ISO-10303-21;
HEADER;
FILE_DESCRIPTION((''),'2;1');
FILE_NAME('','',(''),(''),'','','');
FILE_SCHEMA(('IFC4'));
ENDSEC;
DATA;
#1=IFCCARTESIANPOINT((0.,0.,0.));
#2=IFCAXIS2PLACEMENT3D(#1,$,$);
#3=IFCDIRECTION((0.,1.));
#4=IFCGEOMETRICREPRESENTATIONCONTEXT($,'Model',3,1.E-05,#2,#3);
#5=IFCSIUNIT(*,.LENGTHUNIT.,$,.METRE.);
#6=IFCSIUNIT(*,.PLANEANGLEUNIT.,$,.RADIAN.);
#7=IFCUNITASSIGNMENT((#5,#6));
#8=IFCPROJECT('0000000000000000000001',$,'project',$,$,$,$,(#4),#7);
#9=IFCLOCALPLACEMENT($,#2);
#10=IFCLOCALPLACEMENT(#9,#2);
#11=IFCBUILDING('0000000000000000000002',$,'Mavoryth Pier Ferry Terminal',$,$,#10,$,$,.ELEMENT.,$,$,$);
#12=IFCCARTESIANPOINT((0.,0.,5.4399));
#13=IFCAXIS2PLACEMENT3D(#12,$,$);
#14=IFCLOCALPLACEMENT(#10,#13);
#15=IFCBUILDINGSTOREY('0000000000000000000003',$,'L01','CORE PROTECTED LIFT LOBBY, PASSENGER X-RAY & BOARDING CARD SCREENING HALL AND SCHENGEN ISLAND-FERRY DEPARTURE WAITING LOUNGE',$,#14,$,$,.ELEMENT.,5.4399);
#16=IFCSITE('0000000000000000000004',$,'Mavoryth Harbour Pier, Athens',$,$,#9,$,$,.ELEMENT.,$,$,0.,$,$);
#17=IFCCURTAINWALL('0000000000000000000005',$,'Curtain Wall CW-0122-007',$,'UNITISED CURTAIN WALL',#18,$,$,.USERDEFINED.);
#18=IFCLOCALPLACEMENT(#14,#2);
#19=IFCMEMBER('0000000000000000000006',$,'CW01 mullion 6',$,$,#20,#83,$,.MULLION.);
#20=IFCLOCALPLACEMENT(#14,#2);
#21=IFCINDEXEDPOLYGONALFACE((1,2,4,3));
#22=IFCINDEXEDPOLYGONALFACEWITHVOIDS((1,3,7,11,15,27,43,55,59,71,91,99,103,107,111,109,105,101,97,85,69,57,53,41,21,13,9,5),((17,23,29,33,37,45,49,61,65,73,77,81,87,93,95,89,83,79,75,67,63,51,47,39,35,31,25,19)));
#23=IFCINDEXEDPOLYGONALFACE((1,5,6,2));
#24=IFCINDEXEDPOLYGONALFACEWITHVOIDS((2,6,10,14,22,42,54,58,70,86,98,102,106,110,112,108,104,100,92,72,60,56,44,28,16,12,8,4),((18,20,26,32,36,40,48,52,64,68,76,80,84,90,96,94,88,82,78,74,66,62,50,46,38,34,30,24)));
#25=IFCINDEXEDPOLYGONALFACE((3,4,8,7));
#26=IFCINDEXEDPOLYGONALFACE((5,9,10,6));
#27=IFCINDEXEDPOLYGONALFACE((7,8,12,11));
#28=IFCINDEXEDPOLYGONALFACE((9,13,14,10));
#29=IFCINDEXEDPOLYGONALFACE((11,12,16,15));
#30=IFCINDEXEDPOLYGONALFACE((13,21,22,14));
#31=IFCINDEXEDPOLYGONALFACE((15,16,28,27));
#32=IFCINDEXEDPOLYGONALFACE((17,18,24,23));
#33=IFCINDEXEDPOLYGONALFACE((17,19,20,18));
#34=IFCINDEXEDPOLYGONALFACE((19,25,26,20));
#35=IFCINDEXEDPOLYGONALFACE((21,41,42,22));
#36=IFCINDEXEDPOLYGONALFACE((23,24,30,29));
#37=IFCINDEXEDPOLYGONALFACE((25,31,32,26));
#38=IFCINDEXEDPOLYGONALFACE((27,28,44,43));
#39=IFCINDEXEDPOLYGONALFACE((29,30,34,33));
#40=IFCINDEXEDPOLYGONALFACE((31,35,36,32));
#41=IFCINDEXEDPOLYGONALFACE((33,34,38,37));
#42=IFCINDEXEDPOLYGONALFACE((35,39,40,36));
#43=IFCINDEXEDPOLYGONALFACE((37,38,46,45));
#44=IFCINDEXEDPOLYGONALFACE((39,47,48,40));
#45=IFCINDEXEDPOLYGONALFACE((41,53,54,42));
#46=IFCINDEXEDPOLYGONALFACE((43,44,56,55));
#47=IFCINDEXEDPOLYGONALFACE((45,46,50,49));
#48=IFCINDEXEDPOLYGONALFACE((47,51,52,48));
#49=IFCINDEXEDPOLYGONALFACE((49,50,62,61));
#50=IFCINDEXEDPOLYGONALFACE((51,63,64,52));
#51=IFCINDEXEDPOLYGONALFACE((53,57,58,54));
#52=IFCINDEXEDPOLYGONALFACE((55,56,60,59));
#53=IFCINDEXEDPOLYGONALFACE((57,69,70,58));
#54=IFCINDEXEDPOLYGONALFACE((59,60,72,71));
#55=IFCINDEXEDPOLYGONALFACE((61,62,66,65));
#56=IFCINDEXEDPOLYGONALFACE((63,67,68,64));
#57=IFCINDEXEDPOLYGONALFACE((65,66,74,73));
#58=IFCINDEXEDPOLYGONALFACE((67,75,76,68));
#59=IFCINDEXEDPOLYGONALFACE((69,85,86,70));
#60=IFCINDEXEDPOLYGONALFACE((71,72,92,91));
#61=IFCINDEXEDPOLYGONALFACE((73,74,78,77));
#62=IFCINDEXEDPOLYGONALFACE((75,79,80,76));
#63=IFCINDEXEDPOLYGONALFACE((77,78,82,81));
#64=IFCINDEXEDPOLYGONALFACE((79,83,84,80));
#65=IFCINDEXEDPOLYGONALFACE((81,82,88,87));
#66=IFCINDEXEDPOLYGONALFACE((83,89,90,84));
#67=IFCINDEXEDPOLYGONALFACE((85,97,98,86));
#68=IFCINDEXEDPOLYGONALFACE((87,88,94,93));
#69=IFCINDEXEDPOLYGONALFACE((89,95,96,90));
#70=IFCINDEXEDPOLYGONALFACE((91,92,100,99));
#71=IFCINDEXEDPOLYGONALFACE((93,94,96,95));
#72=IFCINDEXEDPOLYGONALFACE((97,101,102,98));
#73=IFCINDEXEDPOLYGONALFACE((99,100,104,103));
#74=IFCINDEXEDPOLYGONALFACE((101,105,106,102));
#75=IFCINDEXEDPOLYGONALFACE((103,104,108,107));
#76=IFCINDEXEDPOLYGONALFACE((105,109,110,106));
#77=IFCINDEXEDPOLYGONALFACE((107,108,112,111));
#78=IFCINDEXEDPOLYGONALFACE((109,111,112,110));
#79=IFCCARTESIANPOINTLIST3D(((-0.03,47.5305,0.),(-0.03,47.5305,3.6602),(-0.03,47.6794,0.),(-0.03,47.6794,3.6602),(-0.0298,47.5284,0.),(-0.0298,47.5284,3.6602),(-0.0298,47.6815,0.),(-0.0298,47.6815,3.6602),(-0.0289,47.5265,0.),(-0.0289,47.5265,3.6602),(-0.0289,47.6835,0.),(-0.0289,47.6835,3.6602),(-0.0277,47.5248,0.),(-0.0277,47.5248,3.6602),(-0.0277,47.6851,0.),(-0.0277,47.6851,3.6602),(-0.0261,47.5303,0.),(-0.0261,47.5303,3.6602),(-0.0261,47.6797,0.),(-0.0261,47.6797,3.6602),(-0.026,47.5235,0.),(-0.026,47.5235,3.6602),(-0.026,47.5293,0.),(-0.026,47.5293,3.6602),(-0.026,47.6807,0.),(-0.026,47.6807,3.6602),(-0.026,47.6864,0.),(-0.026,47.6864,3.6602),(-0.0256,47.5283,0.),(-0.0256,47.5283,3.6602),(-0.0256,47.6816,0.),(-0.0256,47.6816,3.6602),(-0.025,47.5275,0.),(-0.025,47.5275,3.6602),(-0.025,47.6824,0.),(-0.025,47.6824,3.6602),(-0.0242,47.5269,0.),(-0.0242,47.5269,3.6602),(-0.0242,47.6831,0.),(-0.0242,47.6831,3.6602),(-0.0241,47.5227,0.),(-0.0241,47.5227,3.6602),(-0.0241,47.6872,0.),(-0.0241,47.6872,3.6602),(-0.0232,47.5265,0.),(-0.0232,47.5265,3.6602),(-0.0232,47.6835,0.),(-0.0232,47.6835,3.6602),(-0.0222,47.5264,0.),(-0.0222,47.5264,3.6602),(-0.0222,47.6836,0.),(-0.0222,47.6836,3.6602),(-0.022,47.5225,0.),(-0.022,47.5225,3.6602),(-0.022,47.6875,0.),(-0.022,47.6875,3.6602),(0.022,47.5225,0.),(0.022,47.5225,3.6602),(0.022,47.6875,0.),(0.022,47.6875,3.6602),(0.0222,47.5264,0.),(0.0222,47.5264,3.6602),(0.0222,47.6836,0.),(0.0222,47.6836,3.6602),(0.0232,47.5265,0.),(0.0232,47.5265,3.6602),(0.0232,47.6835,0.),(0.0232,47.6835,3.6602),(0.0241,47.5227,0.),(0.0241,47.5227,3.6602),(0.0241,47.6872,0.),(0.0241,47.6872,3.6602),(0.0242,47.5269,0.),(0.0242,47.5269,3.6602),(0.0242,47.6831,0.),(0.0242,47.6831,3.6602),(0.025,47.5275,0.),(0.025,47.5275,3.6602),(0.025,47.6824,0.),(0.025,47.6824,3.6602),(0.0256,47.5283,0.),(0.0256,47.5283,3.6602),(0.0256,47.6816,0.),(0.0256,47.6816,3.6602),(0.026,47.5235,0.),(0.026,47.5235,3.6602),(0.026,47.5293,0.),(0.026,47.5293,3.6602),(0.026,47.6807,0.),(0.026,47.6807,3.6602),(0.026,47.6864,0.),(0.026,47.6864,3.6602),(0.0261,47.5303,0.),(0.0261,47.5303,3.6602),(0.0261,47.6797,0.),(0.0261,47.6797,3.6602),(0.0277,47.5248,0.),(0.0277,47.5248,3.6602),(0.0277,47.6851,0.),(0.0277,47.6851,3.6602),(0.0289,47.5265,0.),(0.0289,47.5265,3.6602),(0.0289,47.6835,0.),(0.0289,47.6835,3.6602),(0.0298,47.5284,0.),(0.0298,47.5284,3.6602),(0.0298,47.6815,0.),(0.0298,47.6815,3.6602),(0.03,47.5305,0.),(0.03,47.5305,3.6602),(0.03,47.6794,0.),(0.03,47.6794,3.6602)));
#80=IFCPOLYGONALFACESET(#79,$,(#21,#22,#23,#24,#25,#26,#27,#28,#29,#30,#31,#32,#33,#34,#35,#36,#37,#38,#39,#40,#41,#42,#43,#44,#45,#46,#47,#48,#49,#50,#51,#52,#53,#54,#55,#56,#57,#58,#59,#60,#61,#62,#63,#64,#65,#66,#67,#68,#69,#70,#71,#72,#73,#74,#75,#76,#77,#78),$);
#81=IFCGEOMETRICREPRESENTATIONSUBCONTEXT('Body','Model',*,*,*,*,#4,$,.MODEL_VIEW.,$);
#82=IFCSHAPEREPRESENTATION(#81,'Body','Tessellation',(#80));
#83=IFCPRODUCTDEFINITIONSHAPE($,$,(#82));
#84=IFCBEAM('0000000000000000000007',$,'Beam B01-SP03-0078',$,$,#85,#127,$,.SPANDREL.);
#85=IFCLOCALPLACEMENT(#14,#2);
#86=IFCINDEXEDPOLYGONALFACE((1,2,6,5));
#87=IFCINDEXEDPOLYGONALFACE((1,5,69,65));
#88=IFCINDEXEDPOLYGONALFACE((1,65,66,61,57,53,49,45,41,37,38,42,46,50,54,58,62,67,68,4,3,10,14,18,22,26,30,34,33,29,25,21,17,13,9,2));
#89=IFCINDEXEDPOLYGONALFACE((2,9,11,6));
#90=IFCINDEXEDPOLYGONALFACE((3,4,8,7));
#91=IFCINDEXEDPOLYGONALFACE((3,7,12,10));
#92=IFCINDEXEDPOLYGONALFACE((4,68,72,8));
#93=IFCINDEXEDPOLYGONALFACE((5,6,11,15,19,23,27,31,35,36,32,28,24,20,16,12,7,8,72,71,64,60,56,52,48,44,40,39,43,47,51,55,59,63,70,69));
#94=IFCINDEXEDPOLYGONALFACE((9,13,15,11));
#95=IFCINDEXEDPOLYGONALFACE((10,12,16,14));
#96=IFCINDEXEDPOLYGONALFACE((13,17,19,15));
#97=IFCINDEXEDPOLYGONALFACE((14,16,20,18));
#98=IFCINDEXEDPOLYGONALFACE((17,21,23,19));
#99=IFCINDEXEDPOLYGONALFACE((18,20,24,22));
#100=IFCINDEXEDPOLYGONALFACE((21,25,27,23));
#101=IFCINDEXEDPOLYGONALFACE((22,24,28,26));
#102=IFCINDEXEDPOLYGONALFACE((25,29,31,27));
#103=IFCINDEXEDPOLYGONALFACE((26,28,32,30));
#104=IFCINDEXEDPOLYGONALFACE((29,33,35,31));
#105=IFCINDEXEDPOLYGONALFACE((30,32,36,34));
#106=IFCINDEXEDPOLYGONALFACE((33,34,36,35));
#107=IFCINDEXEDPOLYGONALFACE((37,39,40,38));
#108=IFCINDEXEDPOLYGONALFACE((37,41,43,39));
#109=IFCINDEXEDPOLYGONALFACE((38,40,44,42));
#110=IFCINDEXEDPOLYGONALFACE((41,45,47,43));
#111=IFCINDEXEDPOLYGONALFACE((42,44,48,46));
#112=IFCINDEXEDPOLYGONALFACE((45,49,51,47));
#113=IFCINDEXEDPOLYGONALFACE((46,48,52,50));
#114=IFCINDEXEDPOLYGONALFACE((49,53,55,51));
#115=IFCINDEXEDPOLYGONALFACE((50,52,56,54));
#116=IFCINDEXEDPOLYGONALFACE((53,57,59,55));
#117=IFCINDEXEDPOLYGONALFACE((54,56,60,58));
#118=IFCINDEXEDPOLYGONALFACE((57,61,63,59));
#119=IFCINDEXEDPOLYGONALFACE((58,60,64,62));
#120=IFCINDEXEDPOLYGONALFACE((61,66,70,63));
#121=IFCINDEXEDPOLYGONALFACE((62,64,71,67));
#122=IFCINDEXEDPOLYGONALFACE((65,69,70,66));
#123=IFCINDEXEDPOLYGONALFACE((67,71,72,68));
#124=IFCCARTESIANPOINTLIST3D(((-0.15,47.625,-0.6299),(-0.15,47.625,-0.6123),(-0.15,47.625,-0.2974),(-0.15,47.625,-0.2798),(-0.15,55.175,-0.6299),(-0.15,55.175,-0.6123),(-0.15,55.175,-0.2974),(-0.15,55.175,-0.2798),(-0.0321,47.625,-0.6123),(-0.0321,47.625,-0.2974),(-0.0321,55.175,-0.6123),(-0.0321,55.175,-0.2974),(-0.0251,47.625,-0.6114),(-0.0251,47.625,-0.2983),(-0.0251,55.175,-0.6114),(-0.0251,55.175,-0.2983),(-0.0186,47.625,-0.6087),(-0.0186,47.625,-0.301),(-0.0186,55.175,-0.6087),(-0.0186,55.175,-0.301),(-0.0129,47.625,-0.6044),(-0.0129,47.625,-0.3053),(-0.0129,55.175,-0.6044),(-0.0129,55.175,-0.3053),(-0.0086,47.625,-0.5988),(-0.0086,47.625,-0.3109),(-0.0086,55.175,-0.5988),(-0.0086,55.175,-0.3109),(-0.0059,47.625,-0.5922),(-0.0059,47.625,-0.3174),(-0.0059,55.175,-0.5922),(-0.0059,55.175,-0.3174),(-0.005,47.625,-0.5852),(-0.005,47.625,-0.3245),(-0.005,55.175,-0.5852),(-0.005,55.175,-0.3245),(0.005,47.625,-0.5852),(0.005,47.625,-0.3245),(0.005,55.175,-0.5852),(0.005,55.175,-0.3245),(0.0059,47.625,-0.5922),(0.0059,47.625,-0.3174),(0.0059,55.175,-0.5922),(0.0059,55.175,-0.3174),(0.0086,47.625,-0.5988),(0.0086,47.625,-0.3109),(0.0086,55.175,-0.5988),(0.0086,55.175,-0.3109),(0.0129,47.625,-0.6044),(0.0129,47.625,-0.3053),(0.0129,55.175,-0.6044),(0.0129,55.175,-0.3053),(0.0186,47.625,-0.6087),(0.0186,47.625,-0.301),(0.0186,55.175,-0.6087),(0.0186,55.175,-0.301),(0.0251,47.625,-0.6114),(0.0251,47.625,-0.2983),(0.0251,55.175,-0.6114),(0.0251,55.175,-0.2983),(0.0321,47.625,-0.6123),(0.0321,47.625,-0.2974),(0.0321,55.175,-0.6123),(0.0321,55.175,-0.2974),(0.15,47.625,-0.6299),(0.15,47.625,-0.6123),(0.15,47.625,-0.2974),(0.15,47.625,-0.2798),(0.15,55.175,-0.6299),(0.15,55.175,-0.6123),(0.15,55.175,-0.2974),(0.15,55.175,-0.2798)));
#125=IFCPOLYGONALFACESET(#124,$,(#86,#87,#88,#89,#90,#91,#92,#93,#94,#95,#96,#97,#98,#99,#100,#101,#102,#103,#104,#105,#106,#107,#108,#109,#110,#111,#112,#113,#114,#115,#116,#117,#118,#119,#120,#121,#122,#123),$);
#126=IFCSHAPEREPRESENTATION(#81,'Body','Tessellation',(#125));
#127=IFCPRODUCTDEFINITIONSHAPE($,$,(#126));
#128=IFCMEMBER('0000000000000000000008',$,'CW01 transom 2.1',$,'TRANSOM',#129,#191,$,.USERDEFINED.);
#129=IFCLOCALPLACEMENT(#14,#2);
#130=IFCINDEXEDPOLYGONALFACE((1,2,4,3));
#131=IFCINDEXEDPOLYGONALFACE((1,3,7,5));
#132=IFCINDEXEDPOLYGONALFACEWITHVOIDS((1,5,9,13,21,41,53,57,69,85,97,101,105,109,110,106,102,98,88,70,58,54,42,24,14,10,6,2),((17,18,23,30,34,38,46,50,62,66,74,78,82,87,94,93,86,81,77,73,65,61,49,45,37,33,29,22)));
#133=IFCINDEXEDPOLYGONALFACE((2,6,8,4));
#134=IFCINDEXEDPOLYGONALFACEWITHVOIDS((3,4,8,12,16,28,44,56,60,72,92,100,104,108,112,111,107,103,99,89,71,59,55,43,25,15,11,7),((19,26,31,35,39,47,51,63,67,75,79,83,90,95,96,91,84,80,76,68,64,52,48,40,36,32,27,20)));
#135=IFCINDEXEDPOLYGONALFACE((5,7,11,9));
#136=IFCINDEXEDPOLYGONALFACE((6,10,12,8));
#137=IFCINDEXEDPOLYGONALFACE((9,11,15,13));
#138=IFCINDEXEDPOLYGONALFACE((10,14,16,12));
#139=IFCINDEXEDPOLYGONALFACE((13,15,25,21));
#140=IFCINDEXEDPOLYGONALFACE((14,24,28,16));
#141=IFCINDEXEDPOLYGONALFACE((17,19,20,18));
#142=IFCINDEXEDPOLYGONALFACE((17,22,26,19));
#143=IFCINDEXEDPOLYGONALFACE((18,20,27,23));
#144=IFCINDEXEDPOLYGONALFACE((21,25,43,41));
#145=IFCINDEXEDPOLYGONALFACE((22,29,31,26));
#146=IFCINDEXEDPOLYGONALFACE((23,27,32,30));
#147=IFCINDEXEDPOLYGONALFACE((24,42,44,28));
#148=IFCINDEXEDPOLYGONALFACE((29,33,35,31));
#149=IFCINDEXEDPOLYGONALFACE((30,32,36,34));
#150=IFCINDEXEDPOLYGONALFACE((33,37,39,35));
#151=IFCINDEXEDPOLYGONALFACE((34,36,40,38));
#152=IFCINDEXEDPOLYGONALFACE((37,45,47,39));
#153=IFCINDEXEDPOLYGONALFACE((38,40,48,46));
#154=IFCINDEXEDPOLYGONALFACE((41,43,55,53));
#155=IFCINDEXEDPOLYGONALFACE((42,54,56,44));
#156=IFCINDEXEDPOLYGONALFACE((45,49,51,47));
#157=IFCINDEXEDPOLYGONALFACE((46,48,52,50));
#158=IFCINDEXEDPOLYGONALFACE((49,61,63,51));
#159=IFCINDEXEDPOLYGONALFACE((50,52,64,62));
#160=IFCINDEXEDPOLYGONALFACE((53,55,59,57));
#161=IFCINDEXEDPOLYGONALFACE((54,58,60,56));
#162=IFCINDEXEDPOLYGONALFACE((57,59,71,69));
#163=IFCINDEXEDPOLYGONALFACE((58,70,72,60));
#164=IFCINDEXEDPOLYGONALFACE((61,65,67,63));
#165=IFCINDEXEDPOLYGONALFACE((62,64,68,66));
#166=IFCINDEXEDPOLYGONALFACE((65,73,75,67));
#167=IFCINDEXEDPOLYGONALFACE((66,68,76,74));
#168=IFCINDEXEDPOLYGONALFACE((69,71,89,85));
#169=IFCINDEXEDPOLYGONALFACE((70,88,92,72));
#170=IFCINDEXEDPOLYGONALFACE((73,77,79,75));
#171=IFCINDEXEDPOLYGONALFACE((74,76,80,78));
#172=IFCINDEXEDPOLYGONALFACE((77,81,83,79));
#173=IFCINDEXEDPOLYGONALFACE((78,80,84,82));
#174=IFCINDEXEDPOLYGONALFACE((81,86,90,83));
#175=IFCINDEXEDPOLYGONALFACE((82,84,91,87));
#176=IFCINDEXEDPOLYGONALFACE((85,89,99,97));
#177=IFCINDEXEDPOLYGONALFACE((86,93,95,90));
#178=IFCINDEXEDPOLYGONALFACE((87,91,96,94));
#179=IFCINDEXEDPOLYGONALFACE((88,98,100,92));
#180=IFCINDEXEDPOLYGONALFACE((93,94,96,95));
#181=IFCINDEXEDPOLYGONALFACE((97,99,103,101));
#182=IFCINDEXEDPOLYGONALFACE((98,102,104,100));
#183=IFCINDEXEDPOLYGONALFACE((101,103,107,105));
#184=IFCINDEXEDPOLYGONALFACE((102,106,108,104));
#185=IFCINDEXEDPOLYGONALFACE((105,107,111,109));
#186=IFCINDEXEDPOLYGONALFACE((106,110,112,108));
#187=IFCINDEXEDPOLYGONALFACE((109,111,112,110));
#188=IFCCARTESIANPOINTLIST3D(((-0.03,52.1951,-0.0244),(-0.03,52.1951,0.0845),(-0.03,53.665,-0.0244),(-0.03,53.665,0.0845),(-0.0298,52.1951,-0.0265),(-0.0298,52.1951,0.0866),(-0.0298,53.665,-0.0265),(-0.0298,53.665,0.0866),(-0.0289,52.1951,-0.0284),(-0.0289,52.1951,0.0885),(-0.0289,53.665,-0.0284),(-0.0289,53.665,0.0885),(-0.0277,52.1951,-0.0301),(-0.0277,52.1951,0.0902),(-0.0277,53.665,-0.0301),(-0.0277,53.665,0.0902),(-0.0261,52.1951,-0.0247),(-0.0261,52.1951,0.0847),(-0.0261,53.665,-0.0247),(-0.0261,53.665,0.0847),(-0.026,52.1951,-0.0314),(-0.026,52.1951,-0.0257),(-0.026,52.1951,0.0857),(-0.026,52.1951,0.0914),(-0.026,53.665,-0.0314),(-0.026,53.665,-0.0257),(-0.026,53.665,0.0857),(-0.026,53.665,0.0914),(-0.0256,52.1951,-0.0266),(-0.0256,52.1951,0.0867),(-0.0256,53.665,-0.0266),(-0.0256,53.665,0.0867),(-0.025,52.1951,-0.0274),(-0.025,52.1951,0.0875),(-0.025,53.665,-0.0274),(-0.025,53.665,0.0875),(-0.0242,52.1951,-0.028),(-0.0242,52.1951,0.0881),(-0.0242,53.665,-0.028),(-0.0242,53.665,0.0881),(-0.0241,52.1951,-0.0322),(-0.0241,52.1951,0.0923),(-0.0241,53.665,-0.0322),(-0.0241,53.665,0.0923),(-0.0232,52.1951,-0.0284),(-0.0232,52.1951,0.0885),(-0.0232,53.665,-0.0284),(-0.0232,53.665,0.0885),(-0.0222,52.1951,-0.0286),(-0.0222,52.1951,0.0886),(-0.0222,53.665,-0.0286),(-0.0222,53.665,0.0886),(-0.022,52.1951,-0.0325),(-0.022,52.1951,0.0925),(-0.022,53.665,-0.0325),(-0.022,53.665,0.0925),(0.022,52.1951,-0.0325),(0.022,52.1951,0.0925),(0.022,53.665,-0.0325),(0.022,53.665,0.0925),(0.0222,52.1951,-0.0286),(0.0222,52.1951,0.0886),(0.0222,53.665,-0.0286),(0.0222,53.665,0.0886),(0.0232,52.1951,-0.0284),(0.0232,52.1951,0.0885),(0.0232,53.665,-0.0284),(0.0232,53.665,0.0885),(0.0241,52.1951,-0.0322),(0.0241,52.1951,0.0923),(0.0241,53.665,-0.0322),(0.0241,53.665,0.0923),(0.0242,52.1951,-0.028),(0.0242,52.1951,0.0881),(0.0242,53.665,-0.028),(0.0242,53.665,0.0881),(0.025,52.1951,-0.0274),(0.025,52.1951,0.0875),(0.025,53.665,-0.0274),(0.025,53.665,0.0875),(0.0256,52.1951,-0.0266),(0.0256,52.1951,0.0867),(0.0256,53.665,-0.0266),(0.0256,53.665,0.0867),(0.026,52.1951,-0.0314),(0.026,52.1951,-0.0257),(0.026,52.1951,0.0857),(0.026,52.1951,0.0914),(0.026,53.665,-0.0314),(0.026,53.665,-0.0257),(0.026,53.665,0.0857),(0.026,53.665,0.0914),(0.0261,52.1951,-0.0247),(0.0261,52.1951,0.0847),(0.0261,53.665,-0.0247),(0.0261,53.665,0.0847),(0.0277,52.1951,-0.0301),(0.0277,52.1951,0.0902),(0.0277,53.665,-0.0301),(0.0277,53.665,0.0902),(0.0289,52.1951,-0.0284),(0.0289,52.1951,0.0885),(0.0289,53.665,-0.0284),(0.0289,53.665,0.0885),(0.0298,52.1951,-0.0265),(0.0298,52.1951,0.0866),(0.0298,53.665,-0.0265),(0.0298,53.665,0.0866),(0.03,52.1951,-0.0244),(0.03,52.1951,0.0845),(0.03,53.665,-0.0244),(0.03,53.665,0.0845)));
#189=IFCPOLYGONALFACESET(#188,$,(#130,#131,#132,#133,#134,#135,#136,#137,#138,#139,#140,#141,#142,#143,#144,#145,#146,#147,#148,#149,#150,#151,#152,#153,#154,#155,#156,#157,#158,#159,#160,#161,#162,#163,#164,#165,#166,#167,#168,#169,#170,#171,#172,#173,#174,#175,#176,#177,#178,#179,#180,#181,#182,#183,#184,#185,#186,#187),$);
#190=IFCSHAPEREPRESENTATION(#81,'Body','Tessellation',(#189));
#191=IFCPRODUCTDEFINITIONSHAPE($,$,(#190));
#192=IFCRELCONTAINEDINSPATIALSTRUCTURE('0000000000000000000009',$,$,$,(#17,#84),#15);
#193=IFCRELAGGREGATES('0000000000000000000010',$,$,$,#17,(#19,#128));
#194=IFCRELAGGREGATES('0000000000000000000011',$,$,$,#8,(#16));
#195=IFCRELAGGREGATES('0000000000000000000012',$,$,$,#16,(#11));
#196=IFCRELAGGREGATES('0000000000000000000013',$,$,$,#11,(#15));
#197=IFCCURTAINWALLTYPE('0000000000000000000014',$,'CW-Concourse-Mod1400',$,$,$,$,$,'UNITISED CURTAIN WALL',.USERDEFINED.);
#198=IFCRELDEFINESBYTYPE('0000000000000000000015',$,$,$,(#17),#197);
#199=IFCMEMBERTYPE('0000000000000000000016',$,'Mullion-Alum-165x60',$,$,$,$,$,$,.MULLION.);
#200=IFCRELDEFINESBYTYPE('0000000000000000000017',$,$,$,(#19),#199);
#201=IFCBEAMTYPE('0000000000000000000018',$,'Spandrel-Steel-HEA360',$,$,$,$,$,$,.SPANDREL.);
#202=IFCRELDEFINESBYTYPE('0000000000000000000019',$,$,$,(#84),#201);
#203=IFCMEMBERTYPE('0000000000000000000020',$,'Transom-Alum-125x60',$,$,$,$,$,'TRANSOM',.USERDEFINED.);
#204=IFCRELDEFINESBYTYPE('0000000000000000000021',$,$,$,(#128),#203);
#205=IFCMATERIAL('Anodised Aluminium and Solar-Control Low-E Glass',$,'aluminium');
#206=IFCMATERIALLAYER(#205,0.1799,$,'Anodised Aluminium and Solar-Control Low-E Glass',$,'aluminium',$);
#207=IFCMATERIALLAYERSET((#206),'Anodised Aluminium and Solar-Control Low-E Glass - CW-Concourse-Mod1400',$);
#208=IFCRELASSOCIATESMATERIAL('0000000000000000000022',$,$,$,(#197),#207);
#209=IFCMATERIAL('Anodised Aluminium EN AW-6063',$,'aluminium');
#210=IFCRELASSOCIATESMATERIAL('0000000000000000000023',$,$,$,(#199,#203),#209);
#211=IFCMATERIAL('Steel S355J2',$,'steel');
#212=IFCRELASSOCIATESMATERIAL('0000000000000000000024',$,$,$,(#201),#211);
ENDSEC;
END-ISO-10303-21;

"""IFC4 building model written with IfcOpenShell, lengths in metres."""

from ifc_helpers import new_model, si_unit, direction, frame, origin, origin_2d, place, context, subcontext, project, spatial, hollow_rectangle, i_section, extrude, material, layer, layer_set, material_profile, profile_set, type_object, element, aggregate, save


model = new_model("IFC4")

# Units and contexts
model_context = context("Model", 3, precision=1e-05, world=origin(), true_north=direction((0.0, 1.0)))
body_context = subcontext(model_context, "Body", "Model", "MODEL_VIEW")
ifc_project = project(units=[si_unit("LENGTHUNIT", "METRE"), si_unit("PLANEANGLEUNIT", "RADIAN")], contexts=[model_context])

# Site, building, storey
site_placement = place(None, origin())
site = spatial("IfcSite", under=ifc_project, at=site_placement, Name="Mavoryth Harbour Pier, Athens", CompositionType="ELEMENT", RefElevation=0.0)
building_placement = place(site_placement, origin())
building = spatial("IfcBuilding", under=site, at=building_placement, Name="Mavoryth Pier Ferry Terminal", CompositionType="ELEMENT")
storey_placement = place(building_placement, frame((0.0, 0.0, 5.4399)))
storey = spatial("IfcBuildingStorey", under=building, at=storey_placement, Name="L01", Description="CORE PROTECTED LIFT LOBBY, PASSENGER X-RAY & BOARDING CARD SCREENING HALL AND SCHENGEN ISLAND-FERRY DEPARTURE WAITING LOUNGE", CompositionType="ELEMENT", Elevation=5.4399)

# Curtain wall, member
ifc_material_1 = material(Name="Anodised Aluminium and Solar-Control Low-E Glass", Category="aluminium")
ifc_layer_1 = layer(ifc_material_1, 0.1799, Name="Anodised Aluminium and Solar-Control Low-E Glass", Category="aluminium")
ifc_layer_set_1 = layer_set([ifc_layer_1], Name="Anodised Aluminium and Solar-Control Low-E Glass - CW-Concourse-Mod1400")
curtain_wall_type = type_object("IfcCurtainWallType", Name="CW-Concourse-Mod1400", ElementType="UNITISED CURTAIN WALL", PredefinedType="USERDEFINED", material=ifc_layer_set_1)
curtain_wall_placement = place(storey_placement, origin())
curtain_wall = element("IfcCurtainWall", 1, at=curtain_wall_placement, inside=storey, type_object=curtain_wall_type, Name="Curtain Wall CW-0122-007", ObjectType="UNITISED CURTAIN WALL", PredefinedType="USERDEFINED")
ifc_material_2 = material(Name="Anodised Aluminium EN AW-6063", Category="aluminium")
ifc_material_profile_1 = material_profile(ifc_material_2, hollow_rectangle(XDim=0.0601, YDim=0.165, WallThickness=0.0039, InnerFilletRadius=0.0039, OuterFilletRadius=0.0081, at=origin_2d()), Name="AL-MULL 165x60x4", Category="aluminium")
ifc_profile_set_1 = profile_set([ifc_material_profile_1], Name="Anodised Aluminium EN AW-6063 - AL-MULL 165x60x4")
member_type_1 = type_object("IfcMemberType", Name="Mullion-Alum-165x60", PredefinedType="MULLION", material=ifc_profile_set_1)
member_1_placement = place(storey_placement, frame((0.0, 47.605, 0.0), z_axis=(0.0, 0.0, 1.0), x_axis=(1.0, 0.0, 0.0)))
member_1 = element("IfcMember", 2, at=member_1_placement, type_object=member_type_1, Name="CW01 mullion 6", PredefinedType="MULLION", context=body_context, shape_type="SweptSolid", body=[
    extrude(hollow_rectangle(XDim=0.0601, YDim=0.165, WallThickness=0.0039, InnerFilletRadius=0.0039, OuterFilletRadius=0.0081, at=origin_2d()), origin(), (0.0, 0.0, 1.0), 3.6602),
])

# Beam
ifc_material_3 = material(Name="Steel S355J2", Category="steel")
ifc_material_profile_2 = material_profile(ifc_material_3, i_section(OverallWidth=0.3, OverallDepth=0.3501, WebThickness=0.01, FlangeThickness=0.0176, FilletRadius=0.0271, at=origin_2d()), Name="HEA 360", Category="steel")
ifc_profile_set_2 = profile_set([ifc_material_profile_2], Name="Steel S355J2 - HEA 360")
beam_type = type_object("IfcBeamType", Name="Spandrel-Steel-HEA360", PredefinedType="SPANDREL", material=ifc_profile_set_2)
beam_placement = place(storey_placement, frame((0.0, 47.625, -0.4548), z_axis=(0.0, 1.0, 0.0), x_axis=(-1.0, 0.0, 0.0)))
element("IfcBeam", 3, at=beam_placement, inside=storey, type_object=beam_type, Name="Beam B01-SP03-0078", PredefinedType="SPANDREL", context=body_context, shape_type="SweptSolid", body=[
    extrude(i_section(OverallWidth=0.3, OverallDepth=0.3501, WebThickness=0.01, FlangeThickness=0.0176, FilletRadius=0.0271, at=origin_2d()), origin(), (0.0, 0.0, 1.0), 7.55),
])

# Member
ifc_material_profile_3 = material_profile(ifc_material_2, hollow_rectangle(XDim=0.0601, YDim=0.125, WallThickness=0.0039, InnerFilletRadius=0.0039, OuterFilletRadius=0.0081, at=origin_2d()), Name="AL-TRAN 125x60x4", Category="aluminium")
ifc_profile_set_3 = profile_set([ifc_material_profile_3], Name="Anodised Aluminium EN AW-6063 - AL-TRAN 125x60x4")
member_type_2 = type_object("IfcMemberType", Name="Transom-Alum-125x60", ElementType="TRANSOM", PredefinedType="USERDEFINED", material=ifc_profile_set_3)
member_2_placement = place(storey_placement, frame((0.0, 53.665, 0.03), z_axis=(0.0, -1.0, 0.0), x_axis=(1.0, 0.0, 0.0)))
member_2 = element("IfcMember", 4, at=member_2_placement, type_object=member_type_2, Name="CW01 transom 2.1", ObjectType="TRANSOM", PredefinedType="USERDEFINED", context=body_context, shape_type="SweptSolid", body=[
    extrude(hollow_rectangle(XDim=0.0601, YDim=0.125, WallThickness=0.0039, InnerFilletRadius=0.0039, OuterFilletRadius=0.0081, at=origin_2d()), origin(), (0.0, 0.0, 1.0), 1.47),
])

aggregate(curtain_wall, [member_1, member_2])

save(model, "model.ifc")
